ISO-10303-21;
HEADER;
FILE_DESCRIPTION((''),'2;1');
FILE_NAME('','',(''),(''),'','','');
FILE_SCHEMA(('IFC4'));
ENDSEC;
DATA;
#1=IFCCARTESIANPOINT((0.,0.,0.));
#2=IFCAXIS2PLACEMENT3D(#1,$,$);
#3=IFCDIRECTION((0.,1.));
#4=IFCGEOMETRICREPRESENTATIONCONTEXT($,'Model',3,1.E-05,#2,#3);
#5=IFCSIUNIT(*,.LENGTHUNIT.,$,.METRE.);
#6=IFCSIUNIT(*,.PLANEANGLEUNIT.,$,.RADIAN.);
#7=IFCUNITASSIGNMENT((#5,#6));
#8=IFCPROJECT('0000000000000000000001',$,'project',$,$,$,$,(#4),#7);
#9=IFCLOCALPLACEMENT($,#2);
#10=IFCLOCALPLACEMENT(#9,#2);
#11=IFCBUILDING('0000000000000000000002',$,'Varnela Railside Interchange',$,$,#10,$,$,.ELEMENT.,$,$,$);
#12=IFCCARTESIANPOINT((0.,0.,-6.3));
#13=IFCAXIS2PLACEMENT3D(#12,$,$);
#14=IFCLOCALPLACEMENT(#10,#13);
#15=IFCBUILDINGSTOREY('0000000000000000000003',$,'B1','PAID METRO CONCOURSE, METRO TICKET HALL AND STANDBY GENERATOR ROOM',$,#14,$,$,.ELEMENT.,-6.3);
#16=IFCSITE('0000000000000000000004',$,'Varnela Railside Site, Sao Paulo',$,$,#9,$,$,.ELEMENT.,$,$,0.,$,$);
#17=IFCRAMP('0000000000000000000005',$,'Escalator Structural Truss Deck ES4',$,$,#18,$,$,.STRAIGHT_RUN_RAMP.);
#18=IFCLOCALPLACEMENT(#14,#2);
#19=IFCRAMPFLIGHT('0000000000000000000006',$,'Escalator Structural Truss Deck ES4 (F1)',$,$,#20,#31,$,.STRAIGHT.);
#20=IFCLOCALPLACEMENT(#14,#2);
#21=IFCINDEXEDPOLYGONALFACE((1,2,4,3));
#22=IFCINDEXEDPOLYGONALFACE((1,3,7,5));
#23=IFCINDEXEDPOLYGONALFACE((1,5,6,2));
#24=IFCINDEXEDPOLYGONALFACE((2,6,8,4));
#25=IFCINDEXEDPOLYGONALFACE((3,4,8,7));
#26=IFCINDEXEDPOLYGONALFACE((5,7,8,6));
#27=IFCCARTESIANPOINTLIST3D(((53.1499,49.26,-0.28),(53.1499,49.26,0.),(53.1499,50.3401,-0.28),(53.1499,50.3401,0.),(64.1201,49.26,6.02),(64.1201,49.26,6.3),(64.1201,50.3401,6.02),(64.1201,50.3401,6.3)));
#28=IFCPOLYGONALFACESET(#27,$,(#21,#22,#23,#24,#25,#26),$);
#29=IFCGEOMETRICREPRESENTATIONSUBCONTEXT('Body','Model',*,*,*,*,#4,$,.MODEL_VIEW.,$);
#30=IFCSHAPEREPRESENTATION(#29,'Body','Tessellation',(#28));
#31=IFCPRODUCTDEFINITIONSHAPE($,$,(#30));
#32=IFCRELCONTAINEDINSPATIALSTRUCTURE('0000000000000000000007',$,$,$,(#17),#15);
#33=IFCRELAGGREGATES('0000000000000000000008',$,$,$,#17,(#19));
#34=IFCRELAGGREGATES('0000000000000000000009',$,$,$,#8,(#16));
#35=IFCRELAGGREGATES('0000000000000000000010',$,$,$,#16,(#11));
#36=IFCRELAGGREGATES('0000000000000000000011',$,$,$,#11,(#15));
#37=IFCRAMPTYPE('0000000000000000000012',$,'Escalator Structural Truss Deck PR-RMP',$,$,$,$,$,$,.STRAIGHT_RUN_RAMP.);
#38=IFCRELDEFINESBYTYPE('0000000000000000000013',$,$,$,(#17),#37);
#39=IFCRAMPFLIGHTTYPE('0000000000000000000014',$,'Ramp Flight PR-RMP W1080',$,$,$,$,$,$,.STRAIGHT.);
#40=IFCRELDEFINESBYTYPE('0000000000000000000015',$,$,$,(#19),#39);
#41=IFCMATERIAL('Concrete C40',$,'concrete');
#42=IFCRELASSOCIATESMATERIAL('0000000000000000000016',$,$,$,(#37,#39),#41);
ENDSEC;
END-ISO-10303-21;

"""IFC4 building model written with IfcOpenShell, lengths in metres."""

from ifc_helpers import new_model, si_unit, direction, frame, origin, place, context, subcontext, project, spatial, polyline, outline, extrude, material, type_object, element, aggregate, save


model = new_model("IFC4")

# Units and contexts
model_context = context("Model", 3, precision=1e-05, world=origin(), true_north=direction((0.0, 1.0)))
body_context = subcontext(model_context, "Body", "Model", "MODEL_VIEW")
ifc_project = project(units=[si_unit("LENGTHUNIT", "METRE"), si_unit("PLANEANGLEUNIT", "RADIAN")], contexts=[model_context])

# Site, building, storey
site_placement = place(None, origin())
site = spatial("IfcSite", under=ifc_project, at=site_placement, Name="Varnela Railside Site, Sao Paulo", CompositionType="ELEMENT", RefElevation=0.0)
building_placement = place(site_placement, origin())
building = spatial("IfcBuilding", under=site, at=building_placement, Name="Varnela Railside Interchange", CompositionType="ELEMENT")
storey_placement = place(building_placement, frame((0.0, 0.0, -6.3)))
storey = spatial("IfcBuildingStorey", under=building, at=storey_placement, Name="B1", Description="PAID METRO CONCOURSE, METRO TICKET HALL AND STANDBY GENERATOR ROOM", CompositionType="ELEMENT", Elevation=-6.3)

# Shared definitions
ifc_material_1 = material(Name="Concrete C40", Category="concrete")

# Ramp, ramp flight
ramp_type = type_object("IfcRampType", Name="Escalator Structural Truss Deck PR-RMP", PredefinedType="STRAIGHT_RUN_RAMP", material=ifc_material_1)
ramp_placement = place(storey_placement, origin())
ramp = element("IfcRamp", 1, at=ramp_placement, inside=storey, type_object=ramp_type, Name="Escalator Structural Truss Deck ES4", PredefinedType="STRAIGHT_RUN_RAMP")
ramp_flight_type = type_object("IfcRampFlightType", Name="Ramp Flight PR-RMP W1080", PredefinedType="STRAIGHT", material=ifc_material_1)
ramp_flight_placement = place(storey_placement, frame((53.1499, 49.8, 0.0), z_axis=(0.0, 0.0, 1.0), x_axis=(1.0, 0.0, 0.0)))
ramp_flight = element("IfcRampFlight", 2, at=ramp_flight_placement, type_object=ramp_flight_type, Name="Escalator Structural Truss Deck ES4 (F1)", PredefinedType="STRAIGHT", context=body_context, shape_type="SweptSolid", body=[
    extrude(outline(polyline([(0.0, -0.28), (10.9702, 6.02), (10.9702, 6.3), (0.0, 0.0), (0.0, -0.28)])), frame((0.0, 0.54, 0.0), z_axis=(0.0, -1.0, 0.0), x_axis=(1.0, 0.0, 0.0)), (0.0, 0.0, 1.0), 1.0801),
])
aggregate(ramp, [ramp_flight])

save(model, "model.ifc")
